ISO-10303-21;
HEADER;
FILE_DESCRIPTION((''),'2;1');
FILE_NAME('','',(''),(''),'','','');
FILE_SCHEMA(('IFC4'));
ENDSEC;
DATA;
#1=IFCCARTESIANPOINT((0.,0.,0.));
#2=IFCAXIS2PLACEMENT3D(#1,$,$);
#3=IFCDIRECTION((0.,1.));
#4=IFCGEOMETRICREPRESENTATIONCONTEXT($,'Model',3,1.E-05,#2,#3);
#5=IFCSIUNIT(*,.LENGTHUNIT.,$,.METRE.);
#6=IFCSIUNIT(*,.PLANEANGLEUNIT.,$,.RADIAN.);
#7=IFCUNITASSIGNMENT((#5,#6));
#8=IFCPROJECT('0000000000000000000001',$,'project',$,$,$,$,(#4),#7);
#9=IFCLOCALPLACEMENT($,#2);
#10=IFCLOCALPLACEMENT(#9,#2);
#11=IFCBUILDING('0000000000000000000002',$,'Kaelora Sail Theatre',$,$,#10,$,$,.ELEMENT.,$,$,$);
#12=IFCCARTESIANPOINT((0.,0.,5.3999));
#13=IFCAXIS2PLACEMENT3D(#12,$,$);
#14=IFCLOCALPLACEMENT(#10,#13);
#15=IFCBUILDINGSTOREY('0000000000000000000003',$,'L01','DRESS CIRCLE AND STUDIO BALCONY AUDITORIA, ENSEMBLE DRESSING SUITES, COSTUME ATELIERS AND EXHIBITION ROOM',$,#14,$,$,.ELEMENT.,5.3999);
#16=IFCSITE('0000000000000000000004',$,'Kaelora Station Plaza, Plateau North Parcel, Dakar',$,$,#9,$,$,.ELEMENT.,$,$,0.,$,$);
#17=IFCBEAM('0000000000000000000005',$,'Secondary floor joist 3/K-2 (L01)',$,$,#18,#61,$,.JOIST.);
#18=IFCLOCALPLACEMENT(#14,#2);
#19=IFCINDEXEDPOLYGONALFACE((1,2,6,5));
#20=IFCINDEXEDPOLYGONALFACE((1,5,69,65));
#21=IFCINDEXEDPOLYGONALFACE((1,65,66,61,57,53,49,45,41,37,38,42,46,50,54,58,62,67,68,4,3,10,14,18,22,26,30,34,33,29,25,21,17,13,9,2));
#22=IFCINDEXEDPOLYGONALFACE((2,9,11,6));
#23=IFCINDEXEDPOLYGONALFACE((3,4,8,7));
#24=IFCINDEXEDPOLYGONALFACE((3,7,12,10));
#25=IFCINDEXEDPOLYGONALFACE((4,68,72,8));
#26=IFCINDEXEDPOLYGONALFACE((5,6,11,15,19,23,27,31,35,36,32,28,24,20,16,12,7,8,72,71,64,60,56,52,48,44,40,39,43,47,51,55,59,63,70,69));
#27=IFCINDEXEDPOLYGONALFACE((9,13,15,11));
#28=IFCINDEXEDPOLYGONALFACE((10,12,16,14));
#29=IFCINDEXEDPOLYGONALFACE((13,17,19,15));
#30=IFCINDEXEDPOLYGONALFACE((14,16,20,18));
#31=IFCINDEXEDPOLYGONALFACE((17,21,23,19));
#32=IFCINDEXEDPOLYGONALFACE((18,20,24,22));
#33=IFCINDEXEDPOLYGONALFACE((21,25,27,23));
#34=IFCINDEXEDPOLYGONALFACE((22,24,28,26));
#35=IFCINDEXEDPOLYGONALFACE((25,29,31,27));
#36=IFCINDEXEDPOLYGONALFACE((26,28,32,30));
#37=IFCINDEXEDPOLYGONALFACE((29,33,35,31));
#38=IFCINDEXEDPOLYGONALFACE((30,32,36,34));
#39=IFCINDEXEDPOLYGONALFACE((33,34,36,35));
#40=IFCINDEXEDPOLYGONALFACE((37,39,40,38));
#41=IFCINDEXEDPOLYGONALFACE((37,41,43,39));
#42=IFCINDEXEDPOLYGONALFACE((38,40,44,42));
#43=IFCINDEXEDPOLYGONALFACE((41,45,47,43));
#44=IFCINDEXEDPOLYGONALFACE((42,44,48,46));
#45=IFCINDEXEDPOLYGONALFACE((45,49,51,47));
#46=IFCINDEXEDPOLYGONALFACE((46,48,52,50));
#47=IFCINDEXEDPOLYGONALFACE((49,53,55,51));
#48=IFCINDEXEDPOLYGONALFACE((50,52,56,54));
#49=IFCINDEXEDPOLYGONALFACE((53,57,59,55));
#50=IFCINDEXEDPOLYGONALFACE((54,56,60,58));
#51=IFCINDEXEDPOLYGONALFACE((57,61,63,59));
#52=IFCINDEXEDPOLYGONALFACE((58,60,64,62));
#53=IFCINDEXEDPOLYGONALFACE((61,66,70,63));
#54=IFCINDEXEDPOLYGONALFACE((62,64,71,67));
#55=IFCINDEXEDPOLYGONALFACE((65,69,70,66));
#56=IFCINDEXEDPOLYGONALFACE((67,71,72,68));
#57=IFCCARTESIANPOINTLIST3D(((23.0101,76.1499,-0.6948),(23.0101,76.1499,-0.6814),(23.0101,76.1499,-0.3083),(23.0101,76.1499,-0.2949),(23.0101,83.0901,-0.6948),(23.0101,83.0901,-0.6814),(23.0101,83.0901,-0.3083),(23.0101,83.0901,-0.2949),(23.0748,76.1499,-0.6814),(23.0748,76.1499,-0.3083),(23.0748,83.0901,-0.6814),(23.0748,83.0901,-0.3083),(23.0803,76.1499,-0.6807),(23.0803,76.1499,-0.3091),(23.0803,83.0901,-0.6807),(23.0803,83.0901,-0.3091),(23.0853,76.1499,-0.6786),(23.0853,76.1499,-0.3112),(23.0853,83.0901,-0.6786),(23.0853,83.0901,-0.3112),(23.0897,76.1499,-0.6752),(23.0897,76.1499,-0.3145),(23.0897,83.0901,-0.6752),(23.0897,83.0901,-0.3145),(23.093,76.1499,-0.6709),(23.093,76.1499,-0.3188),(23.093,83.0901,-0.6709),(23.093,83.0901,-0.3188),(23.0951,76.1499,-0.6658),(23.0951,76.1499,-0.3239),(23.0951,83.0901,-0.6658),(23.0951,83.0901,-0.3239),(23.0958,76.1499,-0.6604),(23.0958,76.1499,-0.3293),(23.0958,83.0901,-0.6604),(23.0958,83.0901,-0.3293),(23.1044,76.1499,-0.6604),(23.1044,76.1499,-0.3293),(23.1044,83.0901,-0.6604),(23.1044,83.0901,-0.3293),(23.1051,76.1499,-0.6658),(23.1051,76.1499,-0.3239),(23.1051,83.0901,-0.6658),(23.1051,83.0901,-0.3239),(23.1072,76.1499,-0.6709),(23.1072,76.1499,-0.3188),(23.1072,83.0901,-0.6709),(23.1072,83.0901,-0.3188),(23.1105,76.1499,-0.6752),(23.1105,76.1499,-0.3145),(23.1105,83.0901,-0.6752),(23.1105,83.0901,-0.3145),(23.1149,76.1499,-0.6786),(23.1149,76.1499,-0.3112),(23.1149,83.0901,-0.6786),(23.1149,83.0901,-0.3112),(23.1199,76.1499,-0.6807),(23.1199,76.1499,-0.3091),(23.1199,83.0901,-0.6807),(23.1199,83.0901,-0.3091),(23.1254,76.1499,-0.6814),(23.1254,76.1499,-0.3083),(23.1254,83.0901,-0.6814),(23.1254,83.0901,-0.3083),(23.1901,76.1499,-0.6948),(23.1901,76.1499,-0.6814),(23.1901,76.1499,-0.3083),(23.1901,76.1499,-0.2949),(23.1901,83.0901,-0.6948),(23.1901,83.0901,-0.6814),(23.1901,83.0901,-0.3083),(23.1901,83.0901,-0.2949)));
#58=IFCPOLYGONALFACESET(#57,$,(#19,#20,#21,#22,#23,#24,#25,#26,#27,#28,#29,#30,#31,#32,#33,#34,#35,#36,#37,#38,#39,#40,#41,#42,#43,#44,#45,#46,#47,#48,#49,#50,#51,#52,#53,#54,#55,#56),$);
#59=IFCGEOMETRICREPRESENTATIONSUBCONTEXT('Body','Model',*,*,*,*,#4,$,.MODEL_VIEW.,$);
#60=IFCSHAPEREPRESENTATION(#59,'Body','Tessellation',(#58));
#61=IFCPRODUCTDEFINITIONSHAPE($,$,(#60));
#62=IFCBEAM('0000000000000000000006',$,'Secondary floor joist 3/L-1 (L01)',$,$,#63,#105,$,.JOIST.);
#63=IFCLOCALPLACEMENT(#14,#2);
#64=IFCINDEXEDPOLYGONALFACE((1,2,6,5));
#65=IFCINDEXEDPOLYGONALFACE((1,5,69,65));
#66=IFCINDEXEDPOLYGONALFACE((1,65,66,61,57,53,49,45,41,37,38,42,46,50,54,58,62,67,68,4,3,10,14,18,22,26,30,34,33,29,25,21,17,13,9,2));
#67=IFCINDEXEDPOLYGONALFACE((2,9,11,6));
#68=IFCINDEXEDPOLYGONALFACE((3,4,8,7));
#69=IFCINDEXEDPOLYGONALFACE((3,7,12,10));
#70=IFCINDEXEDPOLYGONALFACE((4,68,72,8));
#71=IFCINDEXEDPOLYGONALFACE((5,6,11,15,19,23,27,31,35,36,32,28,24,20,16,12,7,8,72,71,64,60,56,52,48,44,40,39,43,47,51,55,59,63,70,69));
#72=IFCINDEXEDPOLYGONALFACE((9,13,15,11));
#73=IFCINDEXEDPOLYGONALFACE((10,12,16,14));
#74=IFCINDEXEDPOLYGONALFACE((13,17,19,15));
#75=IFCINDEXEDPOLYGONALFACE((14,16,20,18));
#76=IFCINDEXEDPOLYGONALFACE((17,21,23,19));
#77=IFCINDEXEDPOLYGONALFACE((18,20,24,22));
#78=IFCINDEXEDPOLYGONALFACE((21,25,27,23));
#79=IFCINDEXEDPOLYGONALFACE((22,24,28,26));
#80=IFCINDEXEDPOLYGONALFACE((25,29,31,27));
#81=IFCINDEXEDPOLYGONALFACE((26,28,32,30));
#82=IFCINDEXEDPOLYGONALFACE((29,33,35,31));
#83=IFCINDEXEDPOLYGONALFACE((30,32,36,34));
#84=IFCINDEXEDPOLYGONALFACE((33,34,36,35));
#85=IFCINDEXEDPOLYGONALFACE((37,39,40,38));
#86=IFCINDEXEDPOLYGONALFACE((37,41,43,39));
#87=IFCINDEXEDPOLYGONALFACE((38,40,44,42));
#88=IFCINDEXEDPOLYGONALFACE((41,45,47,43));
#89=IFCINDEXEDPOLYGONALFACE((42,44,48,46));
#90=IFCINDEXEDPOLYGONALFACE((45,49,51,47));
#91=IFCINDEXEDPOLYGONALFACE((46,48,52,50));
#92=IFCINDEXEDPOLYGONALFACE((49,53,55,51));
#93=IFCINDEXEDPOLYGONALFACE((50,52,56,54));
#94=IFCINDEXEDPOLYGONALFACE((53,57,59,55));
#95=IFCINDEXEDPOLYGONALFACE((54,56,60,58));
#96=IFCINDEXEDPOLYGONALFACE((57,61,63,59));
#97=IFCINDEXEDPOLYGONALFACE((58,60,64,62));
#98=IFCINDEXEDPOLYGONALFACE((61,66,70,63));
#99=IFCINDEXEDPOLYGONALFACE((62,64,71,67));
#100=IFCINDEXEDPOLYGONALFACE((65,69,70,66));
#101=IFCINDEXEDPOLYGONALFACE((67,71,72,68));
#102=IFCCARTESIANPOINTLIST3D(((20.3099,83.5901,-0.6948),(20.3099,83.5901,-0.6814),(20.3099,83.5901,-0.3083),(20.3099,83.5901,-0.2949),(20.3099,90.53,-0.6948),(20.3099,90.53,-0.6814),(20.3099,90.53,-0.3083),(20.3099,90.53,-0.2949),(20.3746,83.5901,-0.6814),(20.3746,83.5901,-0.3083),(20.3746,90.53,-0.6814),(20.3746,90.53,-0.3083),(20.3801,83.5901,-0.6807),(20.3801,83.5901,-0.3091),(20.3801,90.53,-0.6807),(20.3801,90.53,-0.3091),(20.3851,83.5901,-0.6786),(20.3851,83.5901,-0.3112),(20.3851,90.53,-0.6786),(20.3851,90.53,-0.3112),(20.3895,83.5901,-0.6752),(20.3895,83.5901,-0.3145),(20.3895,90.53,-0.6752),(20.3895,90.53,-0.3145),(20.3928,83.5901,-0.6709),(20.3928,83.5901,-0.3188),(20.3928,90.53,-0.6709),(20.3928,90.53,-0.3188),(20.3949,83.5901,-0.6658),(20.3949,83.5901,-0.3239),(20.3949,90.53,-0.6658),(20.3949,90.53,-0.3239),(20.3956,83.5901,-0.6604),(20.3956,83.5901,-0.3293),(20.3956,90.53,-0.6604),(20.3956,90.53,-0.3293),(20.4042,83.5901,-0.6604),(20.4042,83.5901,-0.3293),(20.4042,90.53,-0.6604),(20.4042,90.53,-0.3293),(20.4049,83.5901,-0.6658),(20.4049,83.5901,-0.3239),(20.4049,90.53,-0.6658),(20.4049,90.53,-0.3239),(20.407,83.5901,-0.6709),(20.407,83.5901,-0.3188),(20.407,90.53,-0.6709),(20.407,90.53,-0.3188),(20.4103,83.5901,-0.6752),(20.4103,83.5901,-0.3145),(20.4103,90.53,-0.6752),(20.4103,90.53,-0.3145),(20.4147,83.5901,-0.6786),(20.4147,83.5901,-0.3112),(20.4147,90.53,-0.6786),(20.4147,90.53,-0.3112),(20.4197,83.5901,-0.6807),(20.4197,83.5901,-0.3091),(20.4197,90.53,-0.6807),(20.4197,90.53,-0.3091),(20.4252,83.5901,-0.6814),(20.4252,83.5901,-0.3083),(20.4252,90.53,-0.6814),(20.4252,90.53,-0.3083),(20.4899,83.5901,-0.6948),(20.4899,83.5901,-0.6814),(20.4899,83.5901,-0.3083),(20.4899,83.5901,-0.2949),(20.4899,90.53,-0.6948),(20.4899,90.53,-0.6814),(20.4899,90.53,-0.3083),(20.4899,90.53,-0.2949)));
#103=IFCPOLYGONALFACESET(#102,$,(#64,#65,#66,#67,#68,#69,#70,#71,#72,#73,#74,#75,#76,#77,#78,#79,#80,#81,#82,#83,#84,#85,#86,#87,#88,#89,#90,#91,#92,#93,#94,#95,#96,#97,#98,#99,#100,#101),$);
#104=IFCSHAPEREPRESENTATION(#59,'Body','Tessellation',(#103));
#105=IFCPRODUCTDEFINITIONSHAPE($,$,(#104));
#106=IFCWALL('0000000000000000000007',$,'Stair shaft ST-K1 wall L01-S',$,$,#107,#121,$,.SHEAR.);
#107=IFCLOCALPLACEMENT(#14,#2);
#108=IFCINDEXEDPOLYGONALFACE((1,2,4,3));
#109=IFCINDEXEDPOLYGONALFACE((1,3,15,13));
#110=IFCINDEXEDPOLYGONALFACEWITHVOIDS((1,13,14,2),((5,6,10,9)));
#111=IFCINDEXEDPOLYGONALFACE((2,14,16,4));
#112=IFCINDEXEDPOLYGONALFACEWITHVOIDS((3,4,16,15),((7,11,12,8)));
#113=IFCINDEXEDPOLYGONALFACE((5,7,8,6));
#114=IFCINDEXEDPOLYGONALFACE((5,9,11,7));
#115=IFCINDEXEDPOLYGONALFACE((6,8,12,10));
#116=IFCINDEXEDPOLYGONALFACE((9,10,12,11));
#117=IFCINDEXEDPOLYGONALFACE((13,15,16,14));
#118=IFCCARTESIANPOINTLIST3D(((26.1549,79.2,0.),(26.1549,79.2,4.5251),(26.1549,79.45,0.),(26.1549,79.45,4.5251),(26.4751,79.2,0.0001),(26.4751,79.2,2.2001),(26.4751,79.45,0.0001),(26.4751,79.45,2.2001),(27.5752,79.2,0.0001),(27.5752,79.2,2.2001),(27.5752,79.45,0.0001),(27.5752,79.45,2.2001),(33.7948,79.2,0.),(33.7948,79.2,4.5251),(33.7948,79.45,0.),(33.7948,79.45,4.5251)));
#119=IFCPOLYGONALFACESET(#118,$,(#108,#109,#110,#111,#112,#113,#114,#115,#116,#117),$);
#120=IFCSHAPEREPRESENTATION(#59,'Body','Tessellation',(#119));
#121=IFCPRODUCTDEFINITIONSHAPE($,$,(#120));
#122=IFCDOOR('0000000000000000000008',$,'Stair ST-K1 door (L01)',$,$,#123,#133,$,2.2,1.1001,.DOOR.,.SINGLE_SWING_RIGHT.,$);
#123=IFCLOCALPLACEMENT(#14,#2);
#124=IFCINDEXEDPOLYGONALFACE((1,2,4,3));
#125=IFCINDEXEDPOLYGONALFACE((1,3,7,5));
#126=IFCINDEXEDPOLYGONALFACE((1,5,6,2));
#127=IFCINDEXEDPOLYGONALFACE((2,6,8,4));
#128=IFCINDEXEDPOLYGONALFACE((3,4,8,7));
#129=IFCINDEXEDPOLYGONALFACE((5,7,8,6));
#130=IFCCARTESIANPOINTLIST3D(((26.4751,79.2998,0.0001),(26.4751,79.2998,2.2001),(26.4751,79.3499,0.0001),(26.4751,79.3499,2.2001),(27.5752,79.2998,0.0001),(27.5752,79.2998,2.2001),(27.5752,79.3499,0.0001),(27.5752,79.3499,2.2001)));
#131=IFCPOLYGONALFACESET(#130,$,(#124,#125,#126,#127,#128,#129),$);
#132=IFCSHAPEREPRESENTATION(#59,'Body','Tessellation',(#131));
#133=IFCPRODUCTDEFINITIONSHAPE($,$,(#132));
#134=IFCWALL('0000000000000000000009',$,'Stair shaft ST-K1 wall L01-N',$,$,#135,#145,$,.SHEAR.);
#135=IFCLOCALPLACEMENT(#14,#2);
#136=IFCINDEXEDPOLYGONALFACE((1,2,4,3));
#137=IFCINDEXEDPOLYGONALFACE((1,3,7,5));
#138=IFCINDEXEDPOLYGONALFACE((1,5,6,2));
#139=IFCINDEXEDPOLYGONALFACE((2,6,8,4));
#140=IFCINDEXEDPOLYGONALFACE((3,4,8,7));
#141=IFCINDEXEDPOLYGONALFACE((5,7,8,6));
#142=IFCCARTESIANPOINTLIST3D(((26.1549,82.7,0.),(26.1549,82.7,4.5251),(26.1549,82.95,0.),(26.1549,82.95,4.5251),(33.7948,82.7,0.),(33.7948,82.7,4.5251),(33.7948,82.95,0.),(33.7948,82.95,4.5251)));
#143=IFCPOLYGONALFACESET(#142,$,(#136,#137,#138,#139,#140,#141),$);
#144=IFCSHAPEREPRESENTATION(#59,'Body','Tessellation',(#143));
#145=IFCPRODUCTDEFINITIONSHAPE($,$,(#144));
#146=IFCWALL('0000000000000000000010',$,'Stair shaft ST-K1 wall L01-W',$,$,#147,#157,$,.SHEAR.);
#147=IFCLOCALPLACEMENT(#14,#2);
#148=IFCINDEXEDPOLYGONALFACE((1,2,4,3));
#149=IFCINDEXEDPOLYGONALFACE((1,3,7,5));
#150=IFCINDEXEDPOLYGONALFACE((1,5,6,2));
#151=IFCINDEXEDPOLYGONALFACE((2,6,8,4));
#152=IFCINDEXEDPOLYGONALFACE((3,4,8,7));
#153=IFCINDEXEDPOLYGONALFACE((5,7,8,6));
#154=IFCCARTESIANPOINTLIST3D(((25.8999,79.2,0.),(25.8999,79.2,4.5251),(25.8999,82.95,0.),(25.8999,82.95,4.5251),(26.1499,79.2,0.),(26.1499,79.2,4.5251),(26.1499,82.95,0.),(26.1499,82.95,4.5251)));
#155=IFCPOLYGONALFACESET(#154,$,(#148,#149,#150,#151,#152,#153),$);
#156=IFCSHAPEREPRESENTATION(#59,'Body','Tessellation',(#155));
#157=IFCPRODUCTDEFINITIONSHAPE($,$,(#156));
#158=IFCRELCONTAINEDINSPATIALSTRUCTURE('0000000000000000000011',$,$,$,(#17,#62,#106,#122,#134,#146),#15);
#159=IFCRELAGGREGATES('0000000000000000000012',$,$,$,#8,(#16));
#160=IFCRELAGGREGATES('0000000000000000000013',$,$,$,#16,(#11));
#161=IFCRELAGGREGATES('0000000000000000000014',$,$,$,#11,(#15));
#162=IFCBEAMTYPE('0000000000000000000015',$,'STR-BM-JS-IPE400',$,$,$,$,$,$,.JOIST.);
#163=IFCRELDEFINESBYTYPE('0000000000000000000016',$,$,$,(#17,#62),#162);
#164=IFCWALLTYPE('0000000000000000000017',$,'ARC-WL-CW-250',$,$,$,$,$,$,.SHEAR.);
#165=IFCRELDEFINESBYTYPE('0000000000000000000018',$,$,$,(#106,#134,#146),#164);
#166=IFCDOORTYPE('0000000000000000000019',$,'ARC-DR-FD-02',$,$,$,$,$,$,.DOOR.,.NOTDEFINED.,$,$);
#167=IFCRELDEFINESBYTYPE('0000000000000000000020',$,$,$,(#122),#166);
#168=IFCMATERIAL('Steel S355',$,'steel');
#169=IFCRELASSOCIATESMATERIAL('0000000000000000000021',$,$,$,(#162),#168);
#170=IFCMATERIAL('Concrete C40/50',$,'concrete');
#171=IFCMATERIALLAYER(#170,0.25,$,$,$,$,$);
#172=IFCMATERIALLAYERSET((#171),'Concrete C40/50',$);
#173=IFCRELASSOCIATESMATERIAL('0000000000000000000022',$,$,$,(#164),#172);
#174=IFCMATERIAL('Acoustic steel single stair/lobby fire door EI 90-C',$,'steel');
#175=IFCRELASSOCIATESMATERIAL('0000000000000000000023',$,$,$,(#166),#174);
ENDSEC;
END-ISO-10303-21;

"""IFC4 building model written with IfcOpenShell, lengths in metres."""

from ifc_helpers import new_model, si_unit, direction, frame, frame_2d, origin, origin_2d, place, context, subcontext, project, spatial, rectangle, i_section, extrude, material, layer, layer_set, material_profile, profile_set, type_object, element, fill, save


model = new_model("IFC4")

# Units and contexts
model_context = context("Model", 3, precision=1e-05, world=origin(), true_north=direction((0.0, 1.0)))
body_context = subcontext(model_context, "Body", "Model", "MODEL_VIEW")
ifc_project = project(units=[si_unit("LENGTHUNIT", "METRE"), si_unit("PLANEANGLEUNIT", "RADIAN")], contexts=[model_context])

# Site, building, storey
site_placement = place(None, origin())
site = spatial("IfcSite", under=ifc_project, at=site_placement, Name="Kaelora Station Plaza, Plateau North Parcel, Dakar", CompositionType="ELEMENT", RefElevation=0.0)
building_placement = place(site_placement, origin())
building = spatial("IfcBuilding", under=site, at=building_placement, Name="Kaelora Sail Theatre", CompositionType="ELEMENT")
storey_placement = place(building_placement, frame((0.0, 0.0, 5.3999)))
storey = spatial("IfcBuildingStorey", under=building, at=storey_placement, Name="L01", Description="DRESS CIRCLE AND STUDIO BALCONY AUDITORIA, ENSEMBLE DRESSING SUITES, COSTUME ATELIERS AND EXHIBITION ROOM", CompositionType="ELEMENT", Elevation=5.3999)

# Beams
ifc_material_1 = material(Name="Steel S355", Category="steel")
ifc_material_profile_1 = material_profile(ifc_material_1, i_section(OverallWidth=0.1799, OverallDepth=0.3999, WebThickness=0.0085, FlangeThickness=0.0134, FilletRadius=0.021, at=origin_2d()), Name="IPE 400")
ifc_profile_set_1 = profile_set([ifc_material_profile_1], Name="Steel S355")
beam_type_1 = type_object("IfcBeamType", Name="STR-BM-JS-IPE400", PredefinedType="JOIST", material=ifc_profile_set_1)
beam_1_placement = place(storey_placement, frame((23.1001, 76.1499, -0.4949), z_axis=(0.0, 1.0, 0.0), x_axis=(-1.0, 0.0, 0.0)))
element("IfcBeam", 1, at=beam_1_placement, inside=storey, type_object=beam_type_1, Name="Secondary floor joist 3/K-2 (L01)", PredefinedType="JOIST", context=body_context, shape_type="SweptSolid", body=[
    extrude(i_section(OverallWidth=0.1799, OverallDepth=0.3999, WebThickness=0.0085, FlangeThickness=0.0134, FilletRadius=0.021, at=origin_2d()), origin(), (0.0, 0.0, 1.0), 6.9402),
])
beam_2_placement = place(storey_placement, frame((20.3999, 83.5901, -0.4949), z_axis=(0.0, 1.0, 0.0), x_axis=(-1.0, 0.0, 0.0)))
element("IfcBeam", 2, at=beam_2_placement, inside=storey, type_object=beam_type_1, Name="Secondary floor joist 3/L-1 (L01)", PredefinedType="JOIST", context=body_context, shape_type="SweptSolid", body=[
    extrude(i_section(OverallWidth=0.1799, OverallDepth=0.3999, WebThickness=0.0085, FlangeThickness=0.0134, FilletRadius=0.021, at=origin_2d()), origin(), (0.0, 0.0, 1.0), 6.9399),
])

# Wall, opening, door
ifc_material_2 = material(Name="Concrete C40/50", Category="concrete")
ifc_layer_1 = layer(ifc_material_2, 0.25)
ifc_layer_set_1 = layer_set([ifc_layer_1], Name="Concrete C40/50")
wall_type_1 = type_object("IfcWallType", Name="ARC-WL-CW-250", PredefinedType="SHEAR", material=ifc_layer_set_1)
wall_1_placement = place(storey_placement, frame((26.155, 79.325, 0.0), z_axis=(0.0, 0.0, 1.0), x_axis=(1.0, 0.0, 0.0)))
wall_1 = element("IfcWall", 3, at=wall_1_placement, inside=storey, type_object=wall_type_1, Name="Stair shaft ST-K1 wall L01-S", PredefinedType="SHEAR", context=body_context, shape_type="SweptSolid", body=[
    extrude(rectangle(XDim=7.6399, YDim=0.25, at=frame_2d((3.8198, 0.0))), origin(), (0.0, 0.0, 1.0), 4.5251),
])
opening_1_placement = place(wall_1_placement, frame((0.3201, 0.0, 0.0)))
opening_1 = element("IfcOpeningElement", 4, at=opening_1_placement, cuts=wall_1, PredefinedType="OPENING", context=body_context, shape_type="SweptSolid", body=[
    extrude(rectangle(XDim=1.1001, YDim=2.2, at=frame_2d((0.55, 1.1001))), frame((0.0, 0.135, 0.0), z_axis=(0.0, -1.0, 0.0), x_axis=(1.0, 0.0, 0.0)), (0.0, 0.0, 1.0), 0.27),
])
ifc_material_3 = material(Name="Acoustic steel single stair/lobby fire door EI 90-C", Category="steel")
door_type_1 = type_object("IfcDoorType", Name="ARC-DR-FD-02", OperationType="NOTDEFINED", PredefinedType="DOOR", material=ifc_material_3)
door_1_placement = place(opening_1_placement, origin())
door_1 = element("IfcDoor", 5, at=door_1_placement, inside=storey, type_object=door_type_1, Name="Stair ST-K1 door (L01)", OperationType="SINGLE_SWING_RIGHT", OverallHeight=2.2, OverallWidth=1.1001, PredefinedType="DOOR", context=body_context, shape_type="SweptSolid", body=[
    extrude(rectangle(XDim=1.1001, YDim=2.2, at=frame_2d((0.55, 1.1001))), frame((0.0, 0.0249, 0.0), z_axis=(0.0, -1.0, 0.0), x_axis=(1.0, 0.0, 0.0)), (0.0, 0.0, 1.0), 0.05),
])
fill(opening_1, door_1)

# Walls
wall_2_placement = place(storey_placement, frame((26.155, 82.825, 0.0), z_axis=(0.0, 0.0, 1.0), x_axis=(1.0, 0.0, 0.0)))
element("IfcWall", 6, at=wall_2_placement, inside=storey, type_object=wall_type_1, Name="Stair shaft ST-K1 wall L01-N", PredefinedType="SHEAR", context=body_context, shape_type="SweptSolid", body=[
    extrude(rectangle(XDim=7.6399, YDim=0.25, at=frame_2d((3.8198, 0.0))), origin(), (0.0, 0.0, 1.0), 4.5251),
])
wall_3_placement = place(storey_placement, frame((26.0249, 79.2, 0.0), z_axis=(0.0, 0.0, 1.0), x_axis=(0.0, 1.0, 0.0)))
element("IfcWall", 7, at=wall_3_placement, inside=storey, type_object=wall_type_1, Name="Stair shaft ST-K1 wall L01-W", PredefinedType="SHEAR", context=body_context, shape_type="SweptSolid", body=[
    extrude(rectangle(XDim=3.75, YDim=0.25, at=frame_2d((1.875, 0.0))), origin(), (0.0, 0.0, 1.0), 4.5251),
])

save(model, "model.ifc")
